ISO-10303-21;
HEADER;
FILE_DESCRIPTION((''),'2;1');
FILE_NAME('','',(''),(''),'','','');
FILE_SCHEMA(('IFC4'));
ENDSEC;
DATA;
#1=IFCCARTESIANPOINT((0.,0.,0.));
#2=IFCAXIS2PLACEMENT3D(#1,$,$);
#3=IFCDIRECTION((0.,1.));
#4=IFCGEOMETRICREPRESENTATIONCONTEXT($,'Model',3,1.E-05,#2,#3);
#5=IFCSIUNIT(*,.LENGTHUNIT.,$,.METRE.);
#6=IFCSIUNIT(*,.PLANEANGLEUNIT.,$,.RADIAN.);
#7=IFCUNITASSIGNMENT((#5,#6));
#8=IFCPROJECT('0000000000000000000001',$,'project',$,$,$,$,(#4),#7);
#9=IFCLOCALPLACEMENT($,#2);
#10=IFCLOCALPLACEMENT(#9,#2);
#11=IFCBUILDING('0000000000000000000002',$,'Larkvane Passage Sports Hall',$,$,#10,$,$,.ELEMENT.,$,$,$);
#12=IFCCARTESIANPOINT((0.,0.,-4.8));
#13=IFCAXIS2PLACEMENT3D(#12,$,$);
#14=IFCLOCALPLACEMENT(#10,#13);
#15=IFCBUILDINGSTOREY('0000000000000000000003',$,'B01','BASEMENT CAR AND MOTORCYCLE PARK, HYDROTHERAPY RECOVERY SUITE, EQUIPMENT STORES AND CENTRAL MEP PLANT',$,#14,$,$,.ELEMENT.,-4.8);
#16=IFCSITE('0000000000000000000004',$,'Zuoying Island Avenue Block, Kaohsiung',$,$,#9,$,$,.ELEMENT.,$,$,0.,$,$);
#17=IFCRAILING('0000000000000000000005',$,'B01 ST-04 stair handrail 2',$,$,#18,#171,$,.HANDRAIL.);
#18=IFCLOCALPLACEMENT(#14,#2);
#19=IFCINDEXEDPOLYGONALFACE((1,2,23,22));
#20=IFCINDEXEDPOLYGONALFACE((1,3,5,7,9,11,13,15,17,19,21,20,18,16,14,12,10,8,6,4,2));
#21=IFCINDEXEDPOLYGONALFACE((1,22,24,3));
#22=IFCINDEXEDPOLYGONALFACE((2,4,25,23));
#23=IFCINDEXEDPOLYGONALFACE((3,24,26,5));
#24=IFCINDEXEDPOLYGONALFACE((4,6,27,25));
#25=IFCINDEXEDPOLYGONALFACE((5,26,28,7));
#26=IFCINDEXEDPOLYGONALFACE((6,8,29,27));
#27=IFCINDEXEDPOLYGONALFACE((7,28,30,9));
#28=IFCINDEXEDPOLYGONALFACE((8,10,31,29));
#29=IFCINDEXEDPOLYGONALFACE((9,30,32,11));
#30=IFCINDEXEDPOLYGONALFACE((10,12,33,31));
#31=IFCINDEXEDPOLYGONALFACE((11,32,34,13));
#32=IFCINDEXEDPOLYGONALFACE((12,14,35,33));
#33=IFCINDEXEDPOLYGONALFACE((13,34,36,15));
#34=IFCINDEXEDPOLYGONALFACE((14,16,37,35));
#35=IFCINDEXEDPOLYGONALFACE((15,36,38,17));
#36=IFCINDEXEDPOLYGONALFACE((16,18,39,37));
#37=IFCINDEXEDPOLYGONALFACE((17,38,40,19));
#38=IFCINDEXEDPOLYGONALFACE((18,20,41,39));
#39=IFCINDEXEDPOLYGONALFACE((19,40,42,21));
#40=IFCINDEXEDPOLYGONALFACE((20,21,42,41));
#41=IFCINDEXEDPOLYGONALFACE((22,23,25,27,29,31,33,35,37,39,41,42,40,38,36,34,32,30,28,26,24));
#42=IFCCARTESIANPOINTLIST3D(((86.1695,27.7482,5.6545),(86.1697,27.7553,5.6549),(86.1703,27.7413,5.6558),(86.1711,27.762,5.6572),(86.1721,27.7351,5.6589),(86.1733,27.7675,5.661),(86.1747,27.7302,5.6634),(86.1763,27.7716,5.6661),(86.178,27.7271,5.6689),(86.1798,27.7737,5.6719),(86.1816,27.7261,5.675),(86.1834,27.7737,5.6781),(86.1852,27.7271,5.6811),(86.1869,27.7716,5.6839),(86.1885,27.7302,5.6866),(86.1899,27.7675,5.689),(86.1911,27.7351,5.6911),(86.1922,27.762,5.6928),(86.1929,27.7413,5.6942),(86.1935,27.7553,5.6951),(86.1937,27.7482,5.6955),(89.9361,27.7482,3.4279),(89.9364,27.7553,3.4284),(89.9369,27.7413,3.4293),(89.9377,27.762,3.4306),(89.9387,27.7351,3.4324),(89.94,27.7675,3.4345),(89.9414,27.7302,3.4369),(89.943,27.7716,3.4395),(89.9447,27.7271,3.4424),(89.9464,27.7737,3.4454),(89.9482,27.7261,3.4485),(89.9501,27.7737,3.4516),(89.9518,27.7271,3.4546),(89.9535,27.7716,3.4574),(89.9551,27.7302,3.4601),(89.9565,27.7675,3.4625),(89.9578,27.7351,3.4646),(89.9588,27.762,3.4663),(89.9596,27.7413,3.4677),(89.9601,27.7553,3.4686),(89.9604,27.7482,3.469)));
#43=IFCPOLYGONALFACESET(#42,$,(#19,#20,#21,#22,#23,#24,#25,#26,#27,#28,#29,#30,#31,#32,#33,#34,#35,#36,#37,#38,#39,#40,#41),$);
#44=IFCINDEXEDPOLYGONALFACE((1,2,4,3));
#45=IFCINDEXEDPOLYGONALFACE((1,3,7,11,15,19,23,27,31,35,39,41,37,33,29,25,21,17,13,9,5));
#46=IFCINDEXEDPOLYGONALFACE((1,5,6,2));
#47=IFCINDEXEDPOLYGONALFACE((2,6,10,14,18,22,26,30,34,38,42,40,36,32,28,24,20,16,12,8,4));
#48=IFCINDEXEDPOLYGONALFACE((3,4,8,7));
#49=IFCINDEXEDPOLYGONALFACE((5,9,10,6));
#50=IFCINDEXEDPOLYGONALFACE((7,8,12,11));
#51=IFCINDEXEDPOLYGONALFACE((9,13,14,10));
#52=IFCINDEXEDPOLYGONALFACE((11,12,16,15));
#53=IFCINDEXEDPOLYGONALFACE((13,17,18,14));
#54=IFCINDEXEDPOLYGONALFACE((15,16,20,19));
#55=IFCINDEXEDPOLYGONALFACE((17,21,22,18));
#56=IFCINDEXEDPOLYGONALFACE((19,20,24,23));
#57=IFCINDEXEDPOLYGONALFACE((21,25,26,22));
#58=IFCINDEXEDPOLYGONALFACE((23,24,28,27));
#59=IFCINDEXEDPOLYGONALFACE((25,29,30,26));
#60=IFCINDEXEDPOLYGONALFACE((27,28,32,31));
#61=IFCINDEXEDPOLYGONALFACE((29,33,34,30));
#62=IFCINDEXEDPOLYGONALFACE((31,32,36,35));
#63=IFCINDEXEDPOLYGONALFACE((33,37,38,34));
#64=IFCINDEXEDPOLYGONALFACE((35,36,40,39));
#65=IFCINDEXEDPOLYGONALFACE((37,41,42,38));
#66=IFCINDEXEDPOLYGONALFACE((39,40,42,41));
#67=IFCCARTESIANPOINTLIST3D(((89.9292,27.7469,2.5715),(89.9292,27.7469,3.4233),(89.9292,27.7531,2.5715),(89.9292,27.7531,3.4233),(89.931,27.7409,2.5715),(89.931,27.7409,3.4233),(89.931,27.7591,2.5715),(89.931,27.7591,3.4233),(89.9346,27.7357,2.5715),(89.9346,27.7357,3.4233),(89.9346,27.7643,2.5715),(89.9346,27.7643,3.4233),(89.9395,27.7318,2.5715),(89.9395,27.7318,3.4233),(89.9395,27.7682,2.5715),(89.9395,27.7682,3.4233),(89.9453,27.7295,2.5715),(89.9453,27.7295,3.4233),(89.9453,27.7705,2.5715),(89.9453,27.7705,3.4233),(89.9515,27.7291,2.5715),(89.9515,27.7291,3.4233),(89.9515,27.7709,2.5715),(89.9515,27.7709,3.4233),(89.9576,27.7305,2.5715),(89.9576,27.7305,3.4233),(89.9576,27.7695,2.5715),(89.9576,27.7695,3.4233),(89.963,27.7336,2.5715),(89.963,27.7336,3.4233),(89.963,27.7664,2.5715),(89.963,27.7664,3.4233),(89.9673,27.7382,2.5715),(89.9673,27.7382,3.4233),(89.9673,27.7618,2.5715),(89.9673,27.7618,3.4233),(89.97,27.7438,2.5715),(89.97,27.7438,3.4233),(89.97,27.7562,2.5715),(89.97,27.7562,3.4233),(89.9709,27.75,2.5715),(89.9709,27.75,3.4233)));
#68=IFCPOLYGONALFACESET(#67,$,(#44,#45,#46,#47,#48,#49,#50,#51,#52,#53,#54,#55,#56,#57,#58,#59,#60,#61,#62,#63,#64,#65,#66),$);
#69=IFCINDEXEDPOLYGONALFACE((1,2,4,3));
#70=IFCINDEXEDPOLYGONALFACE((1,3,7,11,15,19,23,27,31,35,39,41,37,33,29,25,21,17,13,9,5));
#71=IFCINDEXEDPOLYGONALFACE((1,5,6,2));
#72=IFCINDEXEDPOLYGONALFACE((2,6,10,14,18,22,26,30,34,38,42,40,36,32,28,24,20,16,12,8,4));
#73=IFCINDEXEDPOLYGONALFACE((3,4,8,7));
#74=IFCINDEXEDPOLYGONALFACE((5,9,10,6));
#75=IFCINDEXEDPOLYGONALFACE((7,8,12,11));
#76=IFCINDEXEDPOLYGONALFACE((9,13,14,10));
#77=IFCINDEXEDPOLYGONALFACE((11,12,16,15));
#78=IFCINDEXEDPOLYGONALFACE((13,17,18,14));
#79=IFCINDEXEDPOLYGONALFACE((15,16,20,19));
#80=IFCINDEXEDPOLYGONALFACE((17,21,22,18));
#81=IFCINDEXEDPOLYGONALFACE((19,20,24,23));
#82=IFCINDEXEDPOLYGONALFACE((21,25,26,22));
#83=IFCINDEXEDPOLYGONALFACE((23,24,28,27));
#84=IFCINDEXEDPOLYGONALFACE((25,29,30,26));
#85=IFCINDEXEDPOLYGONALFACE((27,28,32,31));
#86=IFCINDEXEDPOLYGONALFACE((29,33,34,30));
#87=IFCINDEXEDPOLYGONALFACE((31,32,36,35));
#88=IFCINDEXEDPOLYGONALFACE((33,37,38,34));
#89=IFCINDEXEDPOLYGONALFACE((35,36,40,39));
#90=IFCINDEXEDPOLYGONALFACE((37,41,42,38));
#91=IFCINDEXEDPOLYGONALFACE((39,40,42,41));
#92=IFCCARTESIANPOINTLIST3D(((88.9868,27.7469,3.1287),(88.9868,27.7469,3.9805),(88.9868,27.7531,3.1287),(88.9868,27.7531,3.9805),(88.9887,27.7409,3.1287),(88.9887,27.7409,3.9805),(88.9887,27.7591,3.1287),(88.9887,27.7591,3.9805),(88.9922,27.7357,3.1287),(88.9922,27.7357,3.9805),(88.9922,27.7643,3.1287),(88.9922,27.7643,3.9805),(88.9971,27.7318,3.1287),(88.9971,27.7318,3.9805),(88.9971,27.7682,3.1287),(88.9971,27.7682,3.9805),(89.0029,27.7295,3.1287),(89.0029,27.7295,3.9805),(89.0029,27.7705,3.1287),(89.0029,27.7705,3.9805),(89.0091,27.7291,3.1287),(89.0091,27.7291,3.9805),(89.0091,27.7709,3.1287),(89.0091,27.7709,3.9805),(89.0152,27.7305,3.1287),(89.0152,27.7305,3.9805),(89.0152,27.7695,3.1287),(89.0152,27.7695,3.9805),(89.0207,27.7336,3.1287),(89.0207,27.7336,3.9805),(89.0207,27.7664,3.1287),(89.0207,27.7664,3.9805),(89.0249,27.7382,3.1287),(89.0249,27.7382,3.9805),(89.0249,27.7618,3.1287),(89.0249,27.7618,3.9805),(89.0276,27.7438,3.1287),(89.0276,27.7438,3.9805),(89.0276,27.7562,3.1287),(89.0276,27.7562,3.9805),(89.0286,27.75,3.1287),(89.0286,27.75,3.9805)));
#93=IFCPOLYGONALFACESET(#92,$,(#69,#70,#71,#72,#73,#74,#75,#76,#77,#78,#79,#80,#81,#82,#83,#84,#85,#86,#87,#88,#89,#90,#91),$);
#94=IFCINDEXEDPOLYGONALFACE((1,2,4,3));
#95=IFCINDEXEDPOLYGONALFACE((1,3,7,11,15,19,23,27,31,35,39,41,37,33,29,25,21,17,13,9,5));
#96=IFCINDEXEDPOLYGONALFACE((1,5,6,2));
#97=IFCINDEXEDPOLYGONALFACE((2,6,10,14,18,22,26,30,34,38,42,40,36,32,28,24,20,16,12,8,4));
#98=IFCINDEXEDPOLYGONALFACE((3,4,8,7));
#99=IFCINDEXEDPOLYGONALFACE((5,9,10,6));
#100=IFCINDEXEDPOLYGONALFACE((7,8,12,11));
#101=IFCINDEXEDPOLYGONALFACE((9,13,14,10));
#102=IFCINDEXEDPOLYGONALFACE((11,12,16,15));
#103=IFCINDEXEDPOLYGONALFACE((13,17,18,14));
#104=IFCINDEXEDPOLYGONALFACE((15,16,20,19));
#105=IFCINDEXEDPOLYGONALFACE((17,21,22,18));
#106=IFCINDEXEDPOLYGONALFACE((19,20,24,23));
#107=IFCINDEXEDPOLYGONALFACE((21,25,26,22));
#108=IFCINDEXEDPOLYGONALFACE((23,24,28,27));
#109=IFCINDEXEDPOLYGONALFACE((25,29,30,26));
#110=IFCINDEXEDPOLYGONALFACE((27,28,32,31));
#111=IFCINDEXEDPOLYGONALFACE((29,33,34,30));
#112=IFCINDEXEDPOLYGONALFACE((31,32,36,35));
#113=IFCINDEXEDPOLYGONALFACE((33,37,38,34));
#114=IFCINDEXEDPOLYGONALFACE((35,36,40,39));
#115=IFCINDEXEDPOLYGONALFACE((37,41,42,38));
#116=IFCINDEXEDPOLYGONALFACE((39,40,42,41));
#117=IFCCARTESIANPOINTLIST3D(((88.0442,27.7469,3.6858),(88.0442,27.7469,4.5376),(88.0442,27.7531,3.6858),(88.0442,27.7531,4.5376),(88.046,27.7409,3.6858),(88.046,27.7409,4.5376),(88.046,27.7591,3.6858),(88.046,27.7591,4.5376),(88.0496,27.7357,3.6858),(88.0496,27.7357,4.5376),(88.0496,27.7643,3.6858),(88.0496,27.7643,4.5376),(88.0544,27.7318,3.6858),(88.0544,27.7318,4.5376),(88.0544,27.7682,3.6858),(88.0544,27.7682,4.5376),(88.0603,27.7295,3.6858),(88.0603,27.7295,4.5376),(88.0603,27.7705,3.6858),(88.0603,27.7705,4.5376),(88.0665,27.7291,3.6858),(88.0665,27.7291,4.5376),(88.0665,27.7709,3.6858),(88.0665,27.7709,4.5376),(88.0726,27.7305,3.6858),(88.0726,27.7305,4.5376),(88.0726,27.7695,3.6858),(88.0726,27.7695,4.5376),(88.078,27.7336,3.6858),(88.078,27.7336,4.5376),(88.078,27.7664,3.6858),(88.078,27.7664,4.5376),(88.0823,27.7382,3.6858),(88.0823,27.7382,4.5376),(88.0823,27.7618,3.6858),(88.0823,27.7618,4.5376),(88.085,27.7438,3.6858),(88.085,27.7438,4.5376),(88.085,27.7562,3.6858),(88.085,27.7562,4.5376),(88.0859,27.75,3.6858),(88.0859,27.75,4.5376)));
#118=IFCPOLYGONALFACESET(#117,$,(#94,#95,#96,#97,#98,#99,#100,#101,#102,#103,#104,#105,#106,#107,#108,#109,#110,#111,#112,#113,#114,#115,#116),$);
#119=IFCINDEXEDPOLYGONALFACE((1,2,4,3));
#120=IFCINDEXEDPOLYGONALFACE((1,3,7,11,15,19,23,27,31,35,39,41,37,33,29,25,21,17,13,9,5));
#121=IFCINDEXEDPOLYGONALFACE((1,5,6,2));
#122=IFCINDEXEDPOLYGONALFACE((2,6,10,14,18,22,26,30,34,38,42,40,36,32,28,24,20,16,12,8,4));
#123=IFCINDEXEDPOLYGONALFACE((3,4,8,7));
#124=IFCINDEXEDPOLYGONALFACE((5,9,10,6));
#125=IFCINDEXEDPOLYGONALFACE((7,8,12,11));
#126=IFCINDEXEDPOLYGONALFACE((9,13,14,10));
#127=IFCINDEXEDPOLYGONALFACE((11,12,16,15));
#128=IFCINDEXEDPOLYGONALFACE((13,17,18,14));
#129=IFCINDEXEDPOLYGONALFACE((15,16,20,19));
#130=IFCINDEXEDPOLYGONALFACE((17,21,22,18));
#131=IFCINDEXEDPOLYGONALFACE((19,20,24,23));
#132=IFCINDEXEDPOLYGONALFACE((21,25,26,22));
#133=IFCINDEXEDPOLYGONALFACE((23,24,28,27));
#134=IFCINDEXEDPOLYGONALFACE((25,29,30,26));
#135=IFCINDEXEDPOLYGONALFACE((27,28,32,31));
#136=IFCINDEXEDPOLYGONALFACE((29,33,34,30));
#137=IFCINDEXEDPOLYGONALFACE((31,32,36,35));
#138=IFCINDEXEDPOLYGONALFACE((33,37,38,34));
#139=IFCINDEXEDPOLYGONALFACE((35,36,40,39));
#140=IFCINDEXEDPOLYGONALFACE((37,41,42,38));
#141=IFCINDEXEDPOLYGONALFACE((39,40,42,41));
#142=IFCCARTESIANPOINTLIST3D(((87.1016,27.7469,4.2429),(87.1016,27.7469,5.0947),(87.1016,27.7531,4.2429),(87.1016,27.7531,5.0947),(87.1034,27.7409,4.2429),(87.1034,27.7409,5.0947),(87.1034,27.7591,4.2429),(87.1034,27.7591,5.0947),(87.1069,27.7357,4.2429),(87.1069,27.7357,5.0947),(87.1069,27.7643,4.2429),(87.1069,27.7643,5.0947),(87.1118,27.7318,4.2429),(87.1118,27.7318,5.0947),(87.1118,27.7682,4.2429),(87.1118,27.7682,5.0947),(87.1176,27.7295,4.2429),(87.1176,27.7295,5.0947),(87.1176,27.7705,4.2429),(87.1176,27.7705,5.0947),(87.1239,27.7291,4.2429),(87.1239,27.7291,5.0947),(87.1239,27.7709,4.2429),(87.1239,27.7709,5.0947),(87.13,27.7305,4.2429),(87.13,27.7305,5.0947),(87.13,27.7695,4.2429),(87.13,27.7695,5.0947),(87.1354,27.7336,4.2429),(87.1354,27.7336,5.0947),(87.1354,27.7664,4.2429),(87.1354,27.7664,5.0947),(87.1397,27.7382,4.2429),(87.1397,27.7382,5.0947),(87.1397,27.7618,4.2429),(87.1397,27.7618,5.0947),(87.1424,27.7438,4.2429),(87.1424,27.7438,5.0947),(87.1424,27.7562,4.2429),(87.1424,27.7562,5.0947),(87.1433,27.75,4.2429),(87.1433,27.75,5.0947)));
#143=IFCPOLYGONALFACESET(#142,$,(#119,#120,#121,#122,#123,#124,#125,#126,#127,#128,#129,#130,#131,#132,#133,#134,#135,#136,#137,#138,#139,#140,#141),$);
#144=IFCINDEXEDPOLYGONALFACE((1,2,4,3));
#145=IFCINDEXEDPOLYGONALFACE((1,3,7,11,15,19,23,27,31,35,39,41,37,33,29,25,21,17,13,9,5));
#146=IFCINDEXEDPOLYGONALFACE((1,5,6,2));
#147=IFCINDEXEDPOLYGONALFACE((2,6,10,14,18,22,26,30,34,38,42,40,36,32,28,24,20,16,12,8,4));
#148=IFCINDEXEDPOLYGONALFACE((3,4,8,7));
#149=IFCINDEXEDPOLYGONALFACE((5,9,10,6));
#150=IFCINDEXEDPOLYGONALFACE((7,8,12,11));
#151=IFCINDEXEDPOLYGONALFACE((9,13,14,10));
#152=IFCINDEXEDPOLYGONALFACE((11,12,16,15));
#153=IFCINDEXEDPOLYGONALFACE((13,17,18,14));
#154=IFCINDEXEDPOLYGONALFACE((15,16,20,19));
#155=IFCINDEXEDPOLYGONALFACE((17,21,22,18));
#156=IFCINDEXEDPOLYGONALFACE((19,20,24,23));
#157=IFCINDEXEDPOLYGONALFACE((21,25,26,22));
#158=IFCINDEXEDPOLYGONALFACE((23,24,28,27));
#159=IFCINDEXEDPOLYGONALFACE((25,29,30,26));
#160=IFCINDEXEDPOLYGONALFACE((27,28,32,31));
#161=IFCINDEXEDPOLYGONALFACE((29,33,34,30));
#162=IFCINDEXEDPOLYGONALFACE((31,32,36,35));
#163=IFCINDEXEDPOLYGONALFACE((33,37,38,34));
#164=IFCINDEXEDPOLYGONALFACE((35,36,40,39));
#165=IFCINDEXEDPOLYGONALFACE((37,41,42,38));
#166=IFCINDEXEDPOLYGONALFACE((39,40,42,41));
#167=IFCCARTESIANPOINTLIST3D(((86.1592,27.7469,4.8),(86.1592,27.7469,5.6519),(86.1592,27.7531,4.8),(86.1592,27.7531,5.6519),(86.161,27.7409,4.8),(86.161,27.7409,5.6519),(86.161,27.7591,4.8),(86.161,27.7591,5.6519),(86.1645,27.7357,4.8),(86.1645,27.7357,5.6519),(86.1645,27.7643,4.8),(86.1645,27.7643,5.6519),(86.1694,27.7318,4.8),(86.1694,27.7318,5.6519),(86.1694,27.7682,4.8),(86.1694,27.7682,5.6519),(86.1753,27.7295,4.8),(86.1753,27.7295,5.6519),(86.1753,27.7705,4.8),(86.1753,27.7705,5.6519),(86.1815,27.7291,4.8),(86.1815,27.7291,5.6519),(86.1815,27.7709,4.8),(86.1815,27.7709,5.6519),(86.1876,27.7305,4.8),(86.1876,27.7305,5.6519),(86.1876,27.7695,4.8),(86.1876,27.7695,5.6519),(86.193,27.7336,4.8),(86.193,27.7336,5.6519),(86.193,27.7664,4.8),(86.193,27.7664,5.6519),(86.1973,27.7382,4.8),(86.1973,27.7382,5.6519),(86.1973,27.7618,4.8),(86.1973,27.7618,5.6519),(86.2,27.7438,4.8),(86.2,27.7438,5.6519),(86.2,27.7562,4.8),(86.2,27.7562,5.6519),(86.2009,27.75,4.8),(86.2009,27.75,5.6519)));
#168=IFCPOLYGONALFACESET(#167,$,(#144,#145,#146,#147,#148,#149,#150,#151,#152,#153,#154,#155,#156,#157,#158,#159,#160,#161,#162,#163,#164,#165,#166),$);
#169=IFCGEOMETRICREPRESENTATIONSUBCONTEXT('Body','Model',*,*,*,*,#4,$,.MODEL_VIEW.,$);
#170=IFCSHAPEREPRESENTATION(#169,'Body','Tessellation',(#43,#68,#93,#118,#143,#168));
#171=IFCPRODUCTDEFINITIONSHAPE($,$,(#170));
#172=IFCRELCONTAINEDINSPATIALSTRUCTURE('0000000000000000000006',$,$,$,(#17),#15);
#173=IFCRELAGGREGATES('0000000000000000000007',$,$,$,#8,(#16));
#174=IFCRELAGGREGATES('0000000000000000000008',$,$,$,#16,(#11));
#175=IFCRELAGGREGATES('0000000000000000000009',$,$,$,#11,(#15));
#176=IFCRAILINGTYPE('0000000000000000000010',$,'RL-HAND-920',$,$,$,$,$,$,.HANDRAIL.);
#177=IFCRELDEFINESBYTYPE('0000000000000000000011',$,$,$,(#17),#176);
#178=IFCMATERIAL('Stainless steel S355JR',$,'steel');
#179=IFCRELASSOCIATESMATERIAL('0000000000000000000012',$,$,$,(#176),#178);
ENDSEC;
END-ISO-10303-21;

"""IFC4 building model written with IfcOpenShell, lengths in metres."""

from ifc_helpers import new_model, si_unit, direction, frame, origin, origin_2d, place, context, subcontext, project, spatial, circle, extrude, material, type_object, element, save


model = new_model("IFC4")

# Units and contexts
model_context = context("Model", 3, precision=1e-05, world=origin(), true_north=direction((0.0, 1.0)))
body_context = subcontext(model_context, "Body", "Model", "MODEL_VIEW")
ifc_project = project(units=[si_unit("LENGTHUNIT", "METRE"), si_unit("PLANEANGLEUNIT", "RADIAN")], contexts=[model_context])

# Site, building, storey
site_placement = place(None, origin())
site = spatial("IfcSite", under=ifc_project, at=site_placement, Name="Zuoying Island Avenue Block, Kaohsiung", CompositionType="ELEMENT", RefElevation=0.0)
building_placement = place(site_placement, origin())
building = spatial("IfcBuilding", under=site, at=building_placement, Name="Larkvane Passage Sports Hall", CompositionType="ELEMENT")
storey_placement = place(building_placement, frame((0.0, 0.0, -4.8)))
storey = spatial("IfcBuildingStorey", under=building, at=storey_placement, Name="B01", Description="BASEMENT CAR AND MOTORCYCLE PARK, HYDROTHERAPY RECOVERY SUITE, EQUIPMENT STORES AND CENTRAL MEP PLANT", CompositionType="ELEMENT", Elevation=-4.8)

# Railing
ifc_material_1 = material(Name="Stainless steel S355JR", Category="steel")
railing_type_1 = type_object("IfcRailingType", Name="RL-HAND-920", PredefinedType="HANDRAIL", material=ifc_material_1)
railing_1_placement = place(storey_placement, frame((89.95, 27.75, 2.5715)))
element("IfcRailing", 1, at=railing_1_placement, inside=storey, type_object=railing_type_1, Name="B01 ST-04 stair handrail 2", PredefinedType="HANDRAIL", context=body_context, shape_type="SweptSolid", body=[
    extrude(circle(Radius=0.0239, at=origin_2d()), frame((-0.0017, 0.0, 0.877), z_axis=(-0.860849, 0.0, 0.508861), x_axis=(0.0, -1.0, 0.0)), (0.0, 0.0, 1.0), 4.3755),
    extrude(circle(Radius=0.021, at=origin_2d()), origin(), (0.0, 0.0, 1.0), 0.8518),
    extrude(circle(Radius=0.021, at=origin_2d()), frame((-0.9424, 0.0, 0.5571)), (0.0, 0.0, 1.0), 0.8518),
    extrude(circle(Radius=0.021, at=origin_2d()), frame((-1.885, 0.0, 1.1143)), (0.0, 0.0, 1.0), 0.8518),
    extrude(circle(Radius=0.021, at=origin_2d()), frame((-2.8276, 0.0, 1.6714)), (0.0, 0.0, 1.0), 0.8518),
    extrude(circle(Radius=0.021, at=origin_2d()), frame((-3.77, 0.0, 2.2285)), (0.0, 0.0, 1.0), 0.8518),
])

save(model, "model.ifc")
